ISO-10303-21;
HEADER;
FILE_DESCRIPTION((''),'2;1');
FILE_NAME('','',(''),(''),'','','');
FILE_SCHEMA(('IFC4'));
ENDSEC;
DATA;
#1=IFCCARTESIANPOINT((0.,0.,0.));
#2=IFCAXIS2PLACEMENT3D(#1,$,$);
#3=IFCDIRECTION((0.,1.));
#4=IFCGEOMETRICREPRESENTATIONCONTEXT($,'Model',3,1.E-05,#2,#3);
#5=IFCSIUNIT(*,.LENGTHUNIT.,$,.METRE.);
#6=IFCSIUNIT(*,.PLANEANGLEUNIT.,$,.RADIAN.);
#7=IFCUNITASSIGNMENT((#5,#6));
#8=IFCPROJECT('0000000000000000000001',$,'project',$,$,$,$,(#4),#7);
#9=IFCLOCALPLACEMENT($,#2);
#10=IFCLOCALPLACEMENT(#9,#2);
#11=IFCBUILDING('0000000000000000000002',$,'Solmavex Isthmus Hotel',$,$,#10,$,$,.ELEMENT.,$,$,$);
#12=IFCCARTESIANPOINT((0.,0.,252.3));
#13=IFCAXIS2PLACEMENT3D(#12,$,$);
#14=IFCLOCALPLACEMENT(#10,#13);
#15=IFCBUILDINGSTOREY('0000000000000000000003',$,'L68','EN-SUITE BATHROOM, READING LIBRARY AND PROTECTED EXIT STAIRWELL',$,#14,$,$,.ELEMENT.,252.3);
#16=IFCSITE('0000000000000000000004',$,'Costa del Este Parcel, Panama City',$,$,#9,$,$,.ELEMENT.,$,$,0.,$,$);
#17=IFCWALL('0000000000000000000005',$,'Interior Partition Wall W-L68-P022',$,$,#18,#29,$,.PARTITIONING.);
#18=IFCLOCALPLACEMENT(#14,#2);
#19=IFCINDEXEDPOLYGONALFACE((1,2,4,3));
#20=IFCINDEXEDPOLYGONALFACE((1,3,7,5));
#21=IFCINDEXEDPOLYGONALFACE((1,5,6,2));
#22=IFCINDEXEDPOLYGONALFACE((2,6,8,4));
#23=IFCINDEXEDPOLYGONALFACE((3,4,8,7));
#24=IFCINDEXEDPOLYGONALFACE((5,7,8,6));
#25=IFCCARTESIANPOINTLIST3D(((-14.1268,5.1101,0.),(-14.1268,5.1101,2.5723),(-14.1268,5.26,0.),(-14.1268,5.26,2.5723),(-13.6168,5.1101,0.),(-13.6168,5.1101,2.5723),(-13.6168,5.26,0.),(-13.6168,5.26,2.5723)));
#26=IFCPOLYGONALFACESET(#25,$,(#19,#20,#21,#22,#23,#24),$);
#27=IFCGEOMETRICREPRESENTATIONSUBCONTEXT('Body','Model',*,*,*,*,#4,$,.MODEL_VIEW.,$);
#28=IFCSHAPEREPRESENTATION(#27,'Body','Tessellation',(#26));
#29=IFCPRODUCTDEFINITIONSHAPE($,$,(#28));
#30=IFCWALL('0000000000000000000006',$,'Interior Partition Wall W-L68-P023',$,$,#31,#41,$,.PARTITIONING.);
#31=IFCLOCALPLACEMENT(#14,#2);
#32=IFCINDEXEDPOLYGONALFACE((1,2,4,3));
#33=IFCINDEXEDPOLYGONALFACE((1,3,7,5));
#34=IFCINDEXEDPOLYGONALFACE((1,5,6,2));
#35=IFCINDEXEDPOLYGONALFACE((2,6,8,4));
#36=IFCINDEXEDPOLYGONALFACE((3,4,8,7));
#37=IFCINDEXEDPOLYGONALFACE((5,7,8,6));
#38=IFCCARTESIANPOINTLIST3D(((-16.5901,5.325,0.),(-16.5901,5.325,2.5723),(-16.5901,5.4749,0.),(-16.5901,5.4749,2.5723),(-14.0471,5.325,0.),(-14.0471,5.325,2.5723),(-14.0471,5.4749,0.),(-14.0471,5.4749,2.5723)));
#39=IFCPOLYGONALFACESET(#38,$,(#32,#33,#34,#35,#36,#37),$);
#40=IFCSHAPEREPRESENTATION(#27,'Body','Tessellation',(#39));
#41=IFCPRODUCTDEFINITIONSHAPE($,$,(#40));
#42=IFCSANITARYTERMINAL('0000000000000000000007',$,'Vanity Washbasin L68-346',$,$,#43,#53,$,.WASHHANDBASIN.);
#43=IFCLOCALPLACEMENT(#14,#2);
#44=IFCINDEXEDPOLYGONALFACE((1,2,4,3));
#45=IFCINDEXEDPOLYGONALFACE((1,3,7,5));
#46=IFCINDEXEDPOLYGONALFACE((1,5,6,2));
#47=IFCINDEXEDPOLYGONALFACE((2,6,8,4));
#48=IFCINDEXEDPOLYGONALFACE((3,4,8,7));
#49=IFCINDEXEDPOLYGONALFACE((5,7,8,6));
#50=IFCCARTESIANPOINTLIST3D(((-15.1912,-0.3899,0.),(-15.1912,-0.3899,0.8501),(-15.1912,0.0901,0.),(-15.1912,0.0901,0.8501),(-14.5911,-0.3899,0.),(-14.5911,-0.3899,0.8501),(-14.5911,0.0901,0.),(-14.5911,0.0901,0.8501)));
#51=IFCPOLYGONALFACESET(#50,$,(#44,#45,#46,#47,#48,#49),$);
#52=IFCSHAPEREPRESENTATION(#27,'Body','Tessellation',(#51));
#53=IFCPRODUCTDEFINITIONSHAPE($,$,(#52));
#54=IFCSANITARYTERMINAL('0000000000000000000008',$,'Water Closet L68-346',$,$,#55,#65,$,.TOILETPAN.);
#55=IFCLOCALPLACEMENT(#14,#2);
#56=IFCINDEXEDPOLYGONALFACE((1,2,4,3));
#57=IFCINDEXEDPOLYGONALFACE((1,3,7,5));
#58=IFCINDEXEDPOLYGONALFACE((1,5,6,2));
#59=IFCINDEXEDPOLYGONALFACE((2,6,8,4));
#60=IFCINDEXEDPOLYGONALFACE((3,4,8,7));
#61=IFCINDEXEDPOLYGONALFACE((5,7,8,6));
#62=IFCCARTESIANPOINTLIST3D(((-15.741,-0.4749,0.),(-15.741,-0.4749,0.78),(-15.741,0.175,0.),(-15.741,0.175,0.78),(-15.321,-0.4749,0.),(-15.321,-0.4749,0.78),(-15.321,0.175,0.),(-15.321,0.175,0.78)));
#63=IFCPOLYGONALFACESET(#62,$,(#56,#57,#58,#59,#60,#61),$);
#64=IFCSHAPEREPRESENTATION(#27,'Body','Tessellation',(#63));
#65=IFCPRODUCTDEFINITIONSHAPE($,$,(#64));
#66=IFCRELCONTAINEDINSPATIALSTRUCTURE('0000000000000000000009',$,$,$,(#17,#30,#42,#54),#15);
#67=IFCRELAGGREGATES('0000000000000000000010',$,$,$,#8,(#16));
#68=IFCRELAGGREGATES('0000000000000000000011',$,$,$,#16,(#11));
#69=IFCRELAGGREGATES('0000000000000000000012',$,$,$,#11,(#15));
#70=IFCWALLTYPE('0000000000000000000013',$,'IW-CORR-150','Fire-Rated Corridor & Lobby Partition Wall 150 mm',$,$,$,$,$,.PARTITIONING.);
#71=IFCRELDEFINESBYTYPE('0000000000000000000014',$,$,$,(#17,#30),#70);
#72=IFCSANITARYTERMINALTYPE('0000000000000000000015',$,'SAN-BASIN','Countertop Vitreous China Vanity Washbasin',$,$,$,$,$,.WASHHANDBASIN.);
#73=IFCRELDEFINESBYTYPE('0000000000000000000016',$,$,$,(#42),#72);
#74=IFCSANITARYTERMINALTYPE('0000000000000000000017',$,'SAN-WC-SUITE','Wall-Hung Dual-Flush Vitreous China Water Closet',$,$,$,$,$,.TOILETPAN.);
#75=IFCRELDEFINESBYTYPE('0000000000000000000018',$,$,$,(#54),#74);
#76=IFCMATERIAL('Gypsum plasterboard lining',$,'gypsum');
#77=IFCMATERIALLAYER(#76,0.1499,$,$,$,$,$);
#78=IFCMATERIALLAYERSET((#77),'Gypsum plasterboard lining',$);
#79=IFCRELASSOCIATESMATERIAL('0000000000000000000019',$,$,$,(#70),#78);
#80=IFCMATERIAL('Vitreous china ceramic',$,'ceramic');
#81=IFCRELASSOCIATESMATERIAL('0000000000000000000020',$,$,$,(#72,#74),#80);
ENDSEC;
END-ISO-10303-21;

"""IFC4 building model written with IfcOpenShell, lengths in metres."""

from ifc_helpers import new_model, si_unit, direction, frame, frame_2d, origin, origin_2d, place, context, subcontext, project, spatial, rectangle, extrude, material, layer, layer_set, type_object, element, save


model = new_model("IFC4")

# Units and contexts
model_context = context("Model", 3, precision=1e-05, world=origin(), true_north=direction((0.0, 1.0)))
body_context = subcontext(model_context, "Body", "Model", "MODEL_VIEW")
ifc_project = project(units=[si_unit("LENGTHUNIT", "METRE"), si_unit("PLANEANGLEUNIT", "RADIAN")], contexts=[model_context])

# Site, building, storey
site_placement = place(None, origin())
site = spatial("IfcSite", under=ifc_project, at=site_placement, Name="Costa del Este Parcel, Panama City", CompositionType="ELEMENT", RefElevation=0.0)
building_placement = place(site_placement, origin())
building = spatial("IfcBuilding", under=site, at=building_placement, Name="Solmavex Isthmus Hotel", CompositionType="ELEMENT")
storey_placement = place(building_placement, frame((0.0, 0.0, 252.3)))
storey = spatial("IfcBuildingStorey", under=building, at=storey_placement, Name="L68", Description="EN-SUITE BATHROOM, READING LIBRARY AND PROTECTED EXIT STAIRWELL", CompositionType="ELEMENT", Elevation=252.3)

# Shared definitions
ifc_material_1 = material(Name="Gypsum plasterboard lining", Category="gypsum")
ifc_layer_1 = layer(ifc_material_1, 0.1499)
ifc_layer_set_1 = layer_set([ifc_layer_1], Name="Gypsum plasterboard lining")
wall_type_1 = type_object("IfcWallType", Name="IW-CORR-150", Description="Fire-Rated Corridor & Lobby Partition Wall 150 mm", PredefinedType="PARTITIONING", material=ifc_layer_set_1)

# Walls
wall_1_placement = place(storey_placement, frame((-13.6169, 5.1851, 0.0), z_axis=(0.0, 0.0, 1.0), x_axis=(-1.0, 0.0, 0.0)))
element("IfcWall", 1, at=wall_1_placement, inside=storey, type_object=wall_type_1, Name="Interior Partition Wall W-L68-P022", PredefinedType="PARTITIONING", context=body_context, shape_type="SweptSolid", body=[
    extrude(rectangle(XDim=0.51, YDim=0.1499, at=frame_2d((0.2549, 0.0))), origin(), (0.0, 0.0, 1.0), 2.5723),
])
wall_2_placement = place(storey_placement, frame((-14.0471, 5.3999, 0.0), z_axis=(0.0, 0.0, 1.0), x_axis=(-1.0, 0.0, 0.0)))
element("IfcWall", 2, at=wall_2_placement, inside=storey, type_object=wall_type_1, Name="Interior Partition Wall W-L68-P023", PredefinedType="PARTITIONING", context=body_context, shape_type="SweptSolid", body=[
    extrude(rectangle(XDim=2.543, YDim=0.1499, at=frame_2d((1.2715, 0.0))), origin(), (0.0, 0.0, 1.0), 2.5723),
])

# Sanitary terminals
ifc_material_2 = material(Name="Vitreous china ceramic", Category="ceramic")
sanitary_terminal_type_1 = type_object("IfcSanitaryTerminalType", Name="SAN-BASIN", Description="Countertop Vitreous China Vanity Washbasin", PredefinedType="WASHHANDBASIN", material=ifc_material_2)
sanitary_terminal_1_placement = place(storey_placement, frame((-14.8911, -0.1499, 0.0), z_axis=(0.0, 0.0, 1.0), x_axis=(1.0, 0.0, 0.0)))
element("IfcSanitaryTerminal", 3, at=sanitary_terminal_1_placement, inside=storey, type_object=sanitary_terminal_type_1, Name="Vanity Washbasin L68-346", PredefinedType="WASHHANDBASIN", context=body_context, shape_type="SweptSolid", body=[
    extrude(rectangle(XDim=0.6001, YDim=0.48, at=origin_2d()), origin(), (0.0, 0.0, 1.0), 0.8501),
])
sanitary_terminal_type_2 = type_object("IfcSanitaryTerminalType", Name="SAN-WC-SUITE", Description="Wall-Hung Dual-Flush Vitreous China Water Closet", PredefinedType="TOILETPAN", material=ifc_material_2)
sanitary_terminal_2_placement = place(storey_placement, frame((-15.531, -0.1499, 0.0), z_axis=(0.0, 0.0, 1.0), x_axis=(1.0, 0.0, 0.0)))
element("IfcSanitaryTerminal", 4, at=sanitary_terminal_2_placement, inside=storey, type_object=sanitary_terminal_type_2, Name="Water Closet L68-346", PredefinedType="TOILETPAN", context=body_context, shape_type="SweptSolid", body=[
    extrude(rectangle(XDim=0.4199, YDim=0.6499, at=origin_2d()), origin(), (0.0, 0.0, 1.0), 0.78),
])

save(model, "model.ifc")
